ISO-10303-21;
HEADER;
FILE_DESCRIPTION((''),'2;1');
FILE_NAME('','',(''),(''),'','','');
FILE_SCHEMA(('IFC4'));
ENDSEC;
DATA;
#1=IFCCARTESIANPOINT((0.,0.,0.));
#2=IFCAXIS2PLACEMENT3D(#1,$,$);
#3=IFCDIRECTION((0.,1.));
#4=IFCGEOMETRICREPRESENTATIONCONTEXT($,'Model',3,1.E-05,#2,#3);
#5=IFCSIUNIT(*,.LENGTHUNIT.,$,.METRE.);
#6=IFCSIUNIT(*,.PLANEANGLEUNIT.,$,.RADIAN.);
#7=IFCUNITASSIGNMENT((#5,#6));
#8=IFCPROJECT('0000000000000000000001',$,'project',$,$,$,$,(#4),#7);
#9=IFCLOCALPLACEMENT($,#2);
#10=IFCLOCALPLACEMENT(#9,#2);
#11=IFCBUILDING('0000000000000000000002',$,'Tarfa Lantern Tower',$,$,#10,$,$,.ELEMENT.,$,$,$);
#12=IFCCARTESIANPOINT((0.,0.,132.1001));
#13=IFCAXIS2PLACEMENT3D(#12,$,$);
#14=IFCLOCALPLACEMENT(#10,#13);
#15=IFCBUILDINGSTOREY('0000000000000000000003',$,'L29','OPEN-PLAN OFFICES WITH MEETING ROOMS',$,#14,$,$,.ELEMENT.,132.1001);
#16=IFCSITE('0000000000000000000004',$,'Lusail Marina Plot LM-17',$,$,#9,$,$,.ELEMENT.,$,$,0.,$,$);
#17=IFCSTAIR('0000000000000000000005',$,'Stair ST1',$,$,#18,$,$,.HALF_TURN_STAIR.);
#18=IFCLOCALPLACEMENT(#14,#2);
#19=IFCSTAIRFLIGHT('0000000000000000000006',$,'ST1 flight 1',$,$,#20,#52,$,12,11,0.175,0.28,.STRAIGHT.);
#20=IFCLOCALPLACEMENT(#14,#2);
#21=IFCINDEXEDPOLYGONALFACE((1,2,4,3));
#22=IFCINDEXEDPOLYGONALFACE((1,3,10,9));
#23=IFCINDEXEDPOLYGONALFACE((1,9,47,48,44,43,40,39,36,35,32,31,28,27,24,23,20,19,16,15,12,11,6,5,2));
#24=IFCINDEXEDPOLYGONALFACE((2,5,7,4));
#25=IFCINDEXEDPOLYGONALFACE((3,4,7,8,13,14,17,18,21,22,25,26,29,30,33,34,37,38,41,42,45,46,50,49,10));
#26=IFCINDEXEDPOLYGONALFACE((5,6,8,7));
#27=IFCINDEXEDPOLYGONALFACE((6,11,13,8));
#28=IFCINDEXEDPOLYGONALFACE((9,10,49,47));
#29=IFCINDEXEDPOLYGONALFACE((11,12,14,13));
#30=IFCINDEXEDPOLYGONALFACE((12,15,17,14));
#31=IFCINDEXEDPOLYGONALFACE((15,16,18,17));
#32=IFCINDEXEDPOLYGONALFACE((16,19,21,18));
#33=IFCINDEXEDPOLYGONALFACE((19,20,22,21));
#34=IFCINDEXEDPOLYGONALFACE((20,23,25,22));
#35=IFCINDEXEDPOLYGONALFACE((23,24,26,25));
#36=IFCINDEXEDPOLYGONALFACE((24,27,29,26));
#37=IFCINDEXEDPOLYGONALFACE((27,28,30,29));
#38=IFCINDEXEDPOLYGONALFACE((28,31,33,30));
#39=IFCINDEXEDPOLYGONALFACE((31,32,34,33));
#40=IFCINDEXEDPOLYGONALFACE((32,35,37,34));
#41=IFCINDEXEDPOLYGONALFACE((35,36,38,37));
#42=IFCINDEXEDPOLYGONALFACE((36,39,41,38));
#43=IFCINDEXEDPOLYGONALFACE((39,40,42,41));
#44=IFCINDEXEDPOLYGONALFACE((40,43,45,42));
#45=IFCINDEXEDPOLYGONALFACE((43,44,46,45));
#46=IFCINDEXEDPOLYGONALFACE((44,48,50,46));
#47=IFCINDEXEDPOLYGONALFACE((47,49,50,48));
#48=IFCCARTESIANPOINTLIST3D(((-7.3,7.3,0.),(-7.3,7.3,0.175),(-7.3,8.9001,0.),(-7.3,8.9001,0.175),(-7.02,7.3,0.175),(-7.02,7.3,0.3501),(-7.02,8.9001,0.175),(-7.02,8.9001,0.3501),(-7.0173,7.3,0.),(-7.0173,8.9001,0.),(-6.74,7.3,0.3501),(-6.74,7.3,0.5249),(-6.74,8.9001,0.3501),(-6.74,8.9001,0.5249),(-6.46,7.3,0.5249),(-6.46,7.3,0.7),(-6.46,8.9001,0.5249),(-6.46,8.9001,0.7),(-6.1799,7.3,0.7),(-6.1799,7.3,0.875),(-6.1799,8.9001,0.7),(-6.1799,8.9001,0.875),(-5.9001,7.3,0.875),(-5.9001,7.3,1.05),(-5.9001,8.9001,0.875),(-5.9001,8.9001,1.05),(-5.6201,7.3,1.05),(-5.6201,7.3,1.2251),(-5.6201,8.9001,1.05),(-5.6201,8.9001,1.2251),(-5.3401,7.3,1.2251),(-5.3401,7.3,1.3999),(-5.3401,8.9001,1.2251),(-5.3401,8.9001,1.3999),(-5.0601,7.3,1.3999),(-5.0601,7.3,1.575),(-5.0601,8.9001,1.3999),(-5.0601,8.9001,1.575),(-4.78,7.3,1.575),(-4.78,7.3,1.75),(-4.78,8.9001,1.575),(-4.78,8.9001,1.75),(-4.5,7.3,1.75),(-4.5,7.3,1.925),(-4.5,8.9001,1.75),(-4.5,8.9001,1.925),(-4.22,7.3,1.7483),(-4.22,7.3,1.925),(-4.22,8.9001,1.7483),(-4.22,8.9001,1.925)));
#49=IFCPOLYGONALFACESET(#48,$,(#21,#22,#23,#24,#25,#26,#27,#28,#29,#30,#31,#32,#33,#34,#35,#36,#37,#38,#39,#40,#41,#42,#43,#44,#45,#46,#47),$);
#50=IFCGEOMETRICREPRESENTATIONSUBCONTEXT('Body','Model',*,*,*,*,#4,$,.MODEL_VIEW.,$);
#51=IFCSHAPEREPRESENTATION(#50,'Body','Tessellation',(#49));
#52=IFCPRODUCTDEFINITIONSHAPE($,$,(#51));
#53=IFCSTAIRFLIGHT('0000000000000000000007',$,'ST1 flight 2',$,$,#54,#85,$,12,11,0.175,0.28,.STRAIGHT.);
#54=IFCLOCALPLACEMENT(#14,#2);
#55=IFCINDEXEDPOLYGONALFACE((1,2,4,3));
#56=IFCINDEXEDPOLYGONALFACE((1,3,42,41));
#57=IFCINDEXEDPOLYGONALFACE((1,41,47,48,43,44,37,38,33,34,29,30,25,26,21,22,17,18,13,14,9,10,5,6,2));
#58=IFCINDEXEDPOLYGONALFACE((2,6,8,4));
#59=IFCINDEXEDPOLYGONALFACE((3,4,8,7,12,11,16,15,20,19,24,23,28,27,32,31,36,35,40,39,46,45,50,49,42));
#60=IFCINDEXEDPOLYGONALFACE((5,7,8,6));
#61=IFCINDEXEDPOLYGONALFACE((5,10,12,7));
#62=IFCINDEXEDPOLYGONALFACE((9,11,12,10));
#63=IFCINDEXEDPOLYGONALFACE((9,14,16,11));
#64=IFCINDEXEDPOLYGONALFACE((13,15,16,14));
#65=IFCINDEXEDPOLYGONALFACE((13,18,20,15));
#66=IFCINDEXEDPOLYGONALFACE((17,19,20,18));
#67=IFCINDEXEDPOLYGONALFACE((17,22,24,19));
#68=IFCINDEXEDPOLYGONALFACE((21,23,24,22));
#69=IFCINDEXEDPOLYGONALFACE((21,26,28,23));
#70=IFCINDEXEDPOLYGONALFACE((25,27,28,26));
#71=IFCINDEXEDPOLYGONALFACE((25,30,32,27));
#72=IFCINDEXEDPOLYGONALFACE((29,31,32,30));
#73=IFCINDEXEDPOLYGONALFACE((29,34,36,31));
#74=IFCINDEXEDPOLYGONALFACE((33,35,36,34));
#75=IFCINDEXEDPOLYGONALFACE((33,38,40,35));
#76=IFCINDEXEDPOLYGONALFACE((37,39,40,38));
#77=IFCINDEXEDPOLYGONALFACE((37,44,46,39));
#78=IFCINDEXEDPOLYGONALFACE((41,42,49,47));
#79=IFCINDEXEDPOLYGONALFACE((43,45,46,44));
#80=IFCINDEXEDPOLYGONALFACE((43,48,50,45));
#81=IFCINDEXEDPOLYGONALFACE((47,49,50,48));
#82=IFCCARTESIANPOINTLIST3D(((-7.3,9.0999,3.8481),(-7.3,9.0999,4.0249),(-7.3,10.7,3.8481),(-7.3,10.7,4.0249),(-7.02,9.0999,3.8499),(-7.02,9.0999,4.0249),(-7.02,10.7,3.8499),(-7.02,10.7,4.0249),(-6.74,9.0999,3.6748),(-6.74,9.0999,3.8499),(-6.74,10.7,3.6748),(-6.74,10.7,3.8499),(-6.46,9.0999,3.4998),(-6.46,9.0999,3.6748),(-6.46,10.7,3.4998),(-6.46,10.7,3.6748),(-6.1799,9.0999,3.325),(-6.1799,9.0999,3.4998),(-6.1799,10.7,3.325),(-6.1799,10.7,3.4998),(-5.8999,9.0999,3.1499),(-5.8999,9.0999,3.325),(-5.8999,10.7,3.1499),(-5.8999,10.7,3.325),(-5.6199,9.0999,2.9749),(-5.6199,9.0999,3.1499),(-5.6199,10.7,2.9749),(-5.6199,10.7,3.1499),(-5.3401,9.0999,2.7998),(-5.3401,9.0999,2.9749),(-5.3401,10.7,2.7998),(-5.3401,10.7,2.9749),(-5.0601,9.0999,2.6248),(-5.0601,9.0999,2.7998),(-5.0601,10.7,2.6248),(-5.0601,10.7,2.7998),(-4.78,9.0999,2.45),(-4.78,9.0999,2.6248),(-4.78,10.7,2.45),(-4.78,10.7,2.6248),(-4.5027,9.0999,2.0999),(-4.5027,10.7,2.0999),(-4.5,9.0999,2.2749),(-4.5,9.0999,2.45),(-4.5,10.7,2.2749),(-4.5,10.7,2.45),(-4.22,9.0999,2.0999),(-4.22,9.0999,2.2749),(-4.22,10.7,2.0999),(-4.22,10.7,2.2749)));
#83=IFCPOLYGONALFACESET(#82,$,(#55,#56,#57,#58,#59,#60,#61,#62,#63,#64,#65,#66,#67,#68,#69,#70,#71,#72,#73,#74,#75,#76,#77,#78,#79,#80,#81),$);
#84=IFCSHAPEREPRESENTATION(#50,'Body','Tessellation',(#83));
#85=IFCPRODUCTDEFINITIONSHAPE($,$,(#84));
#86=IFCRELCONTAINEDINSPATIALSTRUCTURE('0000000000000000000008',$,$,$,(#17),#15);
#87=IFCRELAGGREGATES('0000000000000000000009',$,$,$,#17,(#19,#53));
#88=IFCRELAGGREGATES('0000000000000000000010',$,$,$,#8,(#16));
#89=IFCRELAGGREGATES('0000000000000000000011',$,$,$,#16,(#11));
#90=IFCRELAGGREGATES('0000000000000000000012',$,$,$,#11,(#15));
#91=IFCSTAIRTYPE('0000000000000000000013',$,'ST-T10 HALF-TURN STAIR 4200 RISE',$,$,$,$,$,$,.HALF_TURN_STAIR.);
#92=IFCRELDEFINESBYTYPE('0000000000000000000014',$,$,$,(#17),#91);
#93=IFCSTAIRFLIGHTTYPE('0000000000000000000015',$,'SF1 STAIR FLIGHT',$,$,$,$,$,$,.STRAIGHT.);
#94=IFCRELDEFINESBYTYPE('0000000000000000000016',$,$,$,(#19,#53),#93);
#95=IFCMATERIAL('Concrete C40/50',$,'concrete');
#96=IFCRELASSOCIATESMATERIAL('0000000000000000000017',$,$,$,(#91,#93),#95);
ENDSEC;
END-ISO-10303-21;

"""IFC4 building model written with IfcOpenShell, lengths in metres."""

from ifc_helpers import new_model, si_unit, direction, frame, origin, place, context, subcontext, project, spatial, polyline, outline, extrude, material, type_object, element, aggregate, save


model = new_model("IFC4")

# Units and contexts
model_context = context("Model", 3, precision=1e-05, world=origin(), true_north=direction((0.0, 1.0)))
body_context = subcontext(model_context, "Body", "Model", "MODEL_VIEW")
ifc_project = project(units=[si_unit("LENGTHUNIT", "METRE"), si_unit("PLANEANGLEUNIT", "RADIAN")], contexts=[model_context])

# Site, building, storey
site_placement = place(None, origin())
site = spatial("IfcSite", under=ifc_project, at=site_placement, Name="Lusail Marina Plot LM-17", CompositionType="ELEMENT", RefElevation=0.0)
building_placement = place(site_placement, origin())
building = spatial("IfcBuilding", under=site, at=building_placement, Name="Tarfa Lantern Tower", CompositionType="ELEMENT")
storey_placement = place(building_placement, frame((0.0, 0.0, 132.1001)))
storey = spatial("IfcBuildingStorey", under=building, at=storey_placement, Name="L29", Description="OPEN-PLAN OFFICES WITH MEETING ROOMS", CompositionType="ELEMENT", Elevation=132.1001)

# Stair, stair flights
ifc_material_1 = material(Name="Concrete C40/50", Category="concrete")
stair_type = type_object("IfcStairType", Name="ST-T10 HALF-TURN STAIR 4200 RISE", PredefinedType="HALF_TURN_STAIR", material=ifc_material_1)
stair_placement = place(storey_placement, origin())
stair = element("IfcStair", 1, at=stair_placement, inside=storey, type_object=stair_type, Name="Stair ST1", PredefinedType="HALF_TURN_STAIR")
stair_flight_type = type_object("IfcStairFlightType", Name="SF1 STAIR FLIGHT", PredefinedType="STRAIGHT", material=ifc_material_1)
stair_flight_1_placement = place(storey_placement, frame((-7.3, 8.1001, 0.0), z_axis=(0.0, 0.0, 1.0), x_axis=(1.0, 0.0, 0.0)))
stair_flight_1 = element("IfcStairFlight", 2, at=stair_flight_1_placement, type_object=stair_flight_type, Name="ST1 flight 1", NumberOfRisers=12, NumberOfTreads=11, PredefinedType="STRAIGHT", RiserHeight=0.175, TreadLength=0.28, context=body_context, shape_type="SweptSolid", body=[
    extrude(outline(polyline([(0.0, 0.0), (0.0, 0.175), (0.28, 0.175), (0.28, 0.3501), (0.5601, 0.3501), (0.5601, 0.5249), (0.8401, 0.5249), (0.8401, 0.7), (1.1201, 0.7), (1.1201, 0.875), (1.3999, 0.875), (1.3999, 1.05), (1.6799, 1.05), (1.6799, 1.2251), (1.96, 1.2251), (1.96, 1.3999), (2.24, 1.3999), (2.24, 1.575), (2.52, 1.575), (2.52, 1.75), (2.8, 1.75), (2.8, 1.925), (3.0801, 1.925), (3.0801, 2.1001), (3.0801, 1.7483), (0.2827, 0.0), (0.0, 0.0)])), frame((0.0, 0.8, 0.0), z_axis=(0.0, -1.0, 0.0), x_axis=(1.0, 0.0, 0.0)), (0.0, 0.0, 1.0), 1.6001),
])
stair_flight_2_placement = place(storey_placement, frame((-4.22, 9.8999, 2.0999), z_axis=(0.0, 0.0, 1.0), x_axis=(-1.0, 0.0, 0.0)))
stair_flight_2 = element("IfcStairFlight", 3, at=stair_flight_2_placement, type_object=stair_flight_type, Name="ST1 flight 2", NumberOfRisers=12, NumberOfTreads=11, PredefinedType="STRAIGHT", RiserHeight=0.175, TreadLength=0.28, context=body_context, shape_type="SweptSolid", body=[
    extrude(outline(polyline([(0.0, 0.0), (0.0, 0.175), (0.28, 0.175), (0.28, 0.3501), (0.5601, 0.3501), (0.5601, 0.5249), (0.8401, 0.5249), (0.8401, 0.7), (1.1201, 0.7), (1.1201, 0.875), (1.3999, 0.875), (1.3999, 1.05), (1.6799, 1.05), (1.6799, 1.2251), (1.96, 1.2251), (1.96, 1.3999), (2.24, 1.3999), (2.24, 1.575), (2.52, 1.575), (2.52, 1.75), (2.8, 1.75), (2.8, 1.925), (3.0801, 1.925), (3.0801, 2.1001), (3.0801, 1.7483), (0.2827, 0.0), (0.0, 0.0)])), frame((0.0, 0.8, 0.0), z_axis=(0.0, -1.0, 0.0), x_axis=(1.0, 0.0, 0.0)), (0.0, 0.0, 1.0), 1.6001),
])
aggregate(stair, [stair_flight_1, stair_flight_2])

save(model, "model.ifc")
